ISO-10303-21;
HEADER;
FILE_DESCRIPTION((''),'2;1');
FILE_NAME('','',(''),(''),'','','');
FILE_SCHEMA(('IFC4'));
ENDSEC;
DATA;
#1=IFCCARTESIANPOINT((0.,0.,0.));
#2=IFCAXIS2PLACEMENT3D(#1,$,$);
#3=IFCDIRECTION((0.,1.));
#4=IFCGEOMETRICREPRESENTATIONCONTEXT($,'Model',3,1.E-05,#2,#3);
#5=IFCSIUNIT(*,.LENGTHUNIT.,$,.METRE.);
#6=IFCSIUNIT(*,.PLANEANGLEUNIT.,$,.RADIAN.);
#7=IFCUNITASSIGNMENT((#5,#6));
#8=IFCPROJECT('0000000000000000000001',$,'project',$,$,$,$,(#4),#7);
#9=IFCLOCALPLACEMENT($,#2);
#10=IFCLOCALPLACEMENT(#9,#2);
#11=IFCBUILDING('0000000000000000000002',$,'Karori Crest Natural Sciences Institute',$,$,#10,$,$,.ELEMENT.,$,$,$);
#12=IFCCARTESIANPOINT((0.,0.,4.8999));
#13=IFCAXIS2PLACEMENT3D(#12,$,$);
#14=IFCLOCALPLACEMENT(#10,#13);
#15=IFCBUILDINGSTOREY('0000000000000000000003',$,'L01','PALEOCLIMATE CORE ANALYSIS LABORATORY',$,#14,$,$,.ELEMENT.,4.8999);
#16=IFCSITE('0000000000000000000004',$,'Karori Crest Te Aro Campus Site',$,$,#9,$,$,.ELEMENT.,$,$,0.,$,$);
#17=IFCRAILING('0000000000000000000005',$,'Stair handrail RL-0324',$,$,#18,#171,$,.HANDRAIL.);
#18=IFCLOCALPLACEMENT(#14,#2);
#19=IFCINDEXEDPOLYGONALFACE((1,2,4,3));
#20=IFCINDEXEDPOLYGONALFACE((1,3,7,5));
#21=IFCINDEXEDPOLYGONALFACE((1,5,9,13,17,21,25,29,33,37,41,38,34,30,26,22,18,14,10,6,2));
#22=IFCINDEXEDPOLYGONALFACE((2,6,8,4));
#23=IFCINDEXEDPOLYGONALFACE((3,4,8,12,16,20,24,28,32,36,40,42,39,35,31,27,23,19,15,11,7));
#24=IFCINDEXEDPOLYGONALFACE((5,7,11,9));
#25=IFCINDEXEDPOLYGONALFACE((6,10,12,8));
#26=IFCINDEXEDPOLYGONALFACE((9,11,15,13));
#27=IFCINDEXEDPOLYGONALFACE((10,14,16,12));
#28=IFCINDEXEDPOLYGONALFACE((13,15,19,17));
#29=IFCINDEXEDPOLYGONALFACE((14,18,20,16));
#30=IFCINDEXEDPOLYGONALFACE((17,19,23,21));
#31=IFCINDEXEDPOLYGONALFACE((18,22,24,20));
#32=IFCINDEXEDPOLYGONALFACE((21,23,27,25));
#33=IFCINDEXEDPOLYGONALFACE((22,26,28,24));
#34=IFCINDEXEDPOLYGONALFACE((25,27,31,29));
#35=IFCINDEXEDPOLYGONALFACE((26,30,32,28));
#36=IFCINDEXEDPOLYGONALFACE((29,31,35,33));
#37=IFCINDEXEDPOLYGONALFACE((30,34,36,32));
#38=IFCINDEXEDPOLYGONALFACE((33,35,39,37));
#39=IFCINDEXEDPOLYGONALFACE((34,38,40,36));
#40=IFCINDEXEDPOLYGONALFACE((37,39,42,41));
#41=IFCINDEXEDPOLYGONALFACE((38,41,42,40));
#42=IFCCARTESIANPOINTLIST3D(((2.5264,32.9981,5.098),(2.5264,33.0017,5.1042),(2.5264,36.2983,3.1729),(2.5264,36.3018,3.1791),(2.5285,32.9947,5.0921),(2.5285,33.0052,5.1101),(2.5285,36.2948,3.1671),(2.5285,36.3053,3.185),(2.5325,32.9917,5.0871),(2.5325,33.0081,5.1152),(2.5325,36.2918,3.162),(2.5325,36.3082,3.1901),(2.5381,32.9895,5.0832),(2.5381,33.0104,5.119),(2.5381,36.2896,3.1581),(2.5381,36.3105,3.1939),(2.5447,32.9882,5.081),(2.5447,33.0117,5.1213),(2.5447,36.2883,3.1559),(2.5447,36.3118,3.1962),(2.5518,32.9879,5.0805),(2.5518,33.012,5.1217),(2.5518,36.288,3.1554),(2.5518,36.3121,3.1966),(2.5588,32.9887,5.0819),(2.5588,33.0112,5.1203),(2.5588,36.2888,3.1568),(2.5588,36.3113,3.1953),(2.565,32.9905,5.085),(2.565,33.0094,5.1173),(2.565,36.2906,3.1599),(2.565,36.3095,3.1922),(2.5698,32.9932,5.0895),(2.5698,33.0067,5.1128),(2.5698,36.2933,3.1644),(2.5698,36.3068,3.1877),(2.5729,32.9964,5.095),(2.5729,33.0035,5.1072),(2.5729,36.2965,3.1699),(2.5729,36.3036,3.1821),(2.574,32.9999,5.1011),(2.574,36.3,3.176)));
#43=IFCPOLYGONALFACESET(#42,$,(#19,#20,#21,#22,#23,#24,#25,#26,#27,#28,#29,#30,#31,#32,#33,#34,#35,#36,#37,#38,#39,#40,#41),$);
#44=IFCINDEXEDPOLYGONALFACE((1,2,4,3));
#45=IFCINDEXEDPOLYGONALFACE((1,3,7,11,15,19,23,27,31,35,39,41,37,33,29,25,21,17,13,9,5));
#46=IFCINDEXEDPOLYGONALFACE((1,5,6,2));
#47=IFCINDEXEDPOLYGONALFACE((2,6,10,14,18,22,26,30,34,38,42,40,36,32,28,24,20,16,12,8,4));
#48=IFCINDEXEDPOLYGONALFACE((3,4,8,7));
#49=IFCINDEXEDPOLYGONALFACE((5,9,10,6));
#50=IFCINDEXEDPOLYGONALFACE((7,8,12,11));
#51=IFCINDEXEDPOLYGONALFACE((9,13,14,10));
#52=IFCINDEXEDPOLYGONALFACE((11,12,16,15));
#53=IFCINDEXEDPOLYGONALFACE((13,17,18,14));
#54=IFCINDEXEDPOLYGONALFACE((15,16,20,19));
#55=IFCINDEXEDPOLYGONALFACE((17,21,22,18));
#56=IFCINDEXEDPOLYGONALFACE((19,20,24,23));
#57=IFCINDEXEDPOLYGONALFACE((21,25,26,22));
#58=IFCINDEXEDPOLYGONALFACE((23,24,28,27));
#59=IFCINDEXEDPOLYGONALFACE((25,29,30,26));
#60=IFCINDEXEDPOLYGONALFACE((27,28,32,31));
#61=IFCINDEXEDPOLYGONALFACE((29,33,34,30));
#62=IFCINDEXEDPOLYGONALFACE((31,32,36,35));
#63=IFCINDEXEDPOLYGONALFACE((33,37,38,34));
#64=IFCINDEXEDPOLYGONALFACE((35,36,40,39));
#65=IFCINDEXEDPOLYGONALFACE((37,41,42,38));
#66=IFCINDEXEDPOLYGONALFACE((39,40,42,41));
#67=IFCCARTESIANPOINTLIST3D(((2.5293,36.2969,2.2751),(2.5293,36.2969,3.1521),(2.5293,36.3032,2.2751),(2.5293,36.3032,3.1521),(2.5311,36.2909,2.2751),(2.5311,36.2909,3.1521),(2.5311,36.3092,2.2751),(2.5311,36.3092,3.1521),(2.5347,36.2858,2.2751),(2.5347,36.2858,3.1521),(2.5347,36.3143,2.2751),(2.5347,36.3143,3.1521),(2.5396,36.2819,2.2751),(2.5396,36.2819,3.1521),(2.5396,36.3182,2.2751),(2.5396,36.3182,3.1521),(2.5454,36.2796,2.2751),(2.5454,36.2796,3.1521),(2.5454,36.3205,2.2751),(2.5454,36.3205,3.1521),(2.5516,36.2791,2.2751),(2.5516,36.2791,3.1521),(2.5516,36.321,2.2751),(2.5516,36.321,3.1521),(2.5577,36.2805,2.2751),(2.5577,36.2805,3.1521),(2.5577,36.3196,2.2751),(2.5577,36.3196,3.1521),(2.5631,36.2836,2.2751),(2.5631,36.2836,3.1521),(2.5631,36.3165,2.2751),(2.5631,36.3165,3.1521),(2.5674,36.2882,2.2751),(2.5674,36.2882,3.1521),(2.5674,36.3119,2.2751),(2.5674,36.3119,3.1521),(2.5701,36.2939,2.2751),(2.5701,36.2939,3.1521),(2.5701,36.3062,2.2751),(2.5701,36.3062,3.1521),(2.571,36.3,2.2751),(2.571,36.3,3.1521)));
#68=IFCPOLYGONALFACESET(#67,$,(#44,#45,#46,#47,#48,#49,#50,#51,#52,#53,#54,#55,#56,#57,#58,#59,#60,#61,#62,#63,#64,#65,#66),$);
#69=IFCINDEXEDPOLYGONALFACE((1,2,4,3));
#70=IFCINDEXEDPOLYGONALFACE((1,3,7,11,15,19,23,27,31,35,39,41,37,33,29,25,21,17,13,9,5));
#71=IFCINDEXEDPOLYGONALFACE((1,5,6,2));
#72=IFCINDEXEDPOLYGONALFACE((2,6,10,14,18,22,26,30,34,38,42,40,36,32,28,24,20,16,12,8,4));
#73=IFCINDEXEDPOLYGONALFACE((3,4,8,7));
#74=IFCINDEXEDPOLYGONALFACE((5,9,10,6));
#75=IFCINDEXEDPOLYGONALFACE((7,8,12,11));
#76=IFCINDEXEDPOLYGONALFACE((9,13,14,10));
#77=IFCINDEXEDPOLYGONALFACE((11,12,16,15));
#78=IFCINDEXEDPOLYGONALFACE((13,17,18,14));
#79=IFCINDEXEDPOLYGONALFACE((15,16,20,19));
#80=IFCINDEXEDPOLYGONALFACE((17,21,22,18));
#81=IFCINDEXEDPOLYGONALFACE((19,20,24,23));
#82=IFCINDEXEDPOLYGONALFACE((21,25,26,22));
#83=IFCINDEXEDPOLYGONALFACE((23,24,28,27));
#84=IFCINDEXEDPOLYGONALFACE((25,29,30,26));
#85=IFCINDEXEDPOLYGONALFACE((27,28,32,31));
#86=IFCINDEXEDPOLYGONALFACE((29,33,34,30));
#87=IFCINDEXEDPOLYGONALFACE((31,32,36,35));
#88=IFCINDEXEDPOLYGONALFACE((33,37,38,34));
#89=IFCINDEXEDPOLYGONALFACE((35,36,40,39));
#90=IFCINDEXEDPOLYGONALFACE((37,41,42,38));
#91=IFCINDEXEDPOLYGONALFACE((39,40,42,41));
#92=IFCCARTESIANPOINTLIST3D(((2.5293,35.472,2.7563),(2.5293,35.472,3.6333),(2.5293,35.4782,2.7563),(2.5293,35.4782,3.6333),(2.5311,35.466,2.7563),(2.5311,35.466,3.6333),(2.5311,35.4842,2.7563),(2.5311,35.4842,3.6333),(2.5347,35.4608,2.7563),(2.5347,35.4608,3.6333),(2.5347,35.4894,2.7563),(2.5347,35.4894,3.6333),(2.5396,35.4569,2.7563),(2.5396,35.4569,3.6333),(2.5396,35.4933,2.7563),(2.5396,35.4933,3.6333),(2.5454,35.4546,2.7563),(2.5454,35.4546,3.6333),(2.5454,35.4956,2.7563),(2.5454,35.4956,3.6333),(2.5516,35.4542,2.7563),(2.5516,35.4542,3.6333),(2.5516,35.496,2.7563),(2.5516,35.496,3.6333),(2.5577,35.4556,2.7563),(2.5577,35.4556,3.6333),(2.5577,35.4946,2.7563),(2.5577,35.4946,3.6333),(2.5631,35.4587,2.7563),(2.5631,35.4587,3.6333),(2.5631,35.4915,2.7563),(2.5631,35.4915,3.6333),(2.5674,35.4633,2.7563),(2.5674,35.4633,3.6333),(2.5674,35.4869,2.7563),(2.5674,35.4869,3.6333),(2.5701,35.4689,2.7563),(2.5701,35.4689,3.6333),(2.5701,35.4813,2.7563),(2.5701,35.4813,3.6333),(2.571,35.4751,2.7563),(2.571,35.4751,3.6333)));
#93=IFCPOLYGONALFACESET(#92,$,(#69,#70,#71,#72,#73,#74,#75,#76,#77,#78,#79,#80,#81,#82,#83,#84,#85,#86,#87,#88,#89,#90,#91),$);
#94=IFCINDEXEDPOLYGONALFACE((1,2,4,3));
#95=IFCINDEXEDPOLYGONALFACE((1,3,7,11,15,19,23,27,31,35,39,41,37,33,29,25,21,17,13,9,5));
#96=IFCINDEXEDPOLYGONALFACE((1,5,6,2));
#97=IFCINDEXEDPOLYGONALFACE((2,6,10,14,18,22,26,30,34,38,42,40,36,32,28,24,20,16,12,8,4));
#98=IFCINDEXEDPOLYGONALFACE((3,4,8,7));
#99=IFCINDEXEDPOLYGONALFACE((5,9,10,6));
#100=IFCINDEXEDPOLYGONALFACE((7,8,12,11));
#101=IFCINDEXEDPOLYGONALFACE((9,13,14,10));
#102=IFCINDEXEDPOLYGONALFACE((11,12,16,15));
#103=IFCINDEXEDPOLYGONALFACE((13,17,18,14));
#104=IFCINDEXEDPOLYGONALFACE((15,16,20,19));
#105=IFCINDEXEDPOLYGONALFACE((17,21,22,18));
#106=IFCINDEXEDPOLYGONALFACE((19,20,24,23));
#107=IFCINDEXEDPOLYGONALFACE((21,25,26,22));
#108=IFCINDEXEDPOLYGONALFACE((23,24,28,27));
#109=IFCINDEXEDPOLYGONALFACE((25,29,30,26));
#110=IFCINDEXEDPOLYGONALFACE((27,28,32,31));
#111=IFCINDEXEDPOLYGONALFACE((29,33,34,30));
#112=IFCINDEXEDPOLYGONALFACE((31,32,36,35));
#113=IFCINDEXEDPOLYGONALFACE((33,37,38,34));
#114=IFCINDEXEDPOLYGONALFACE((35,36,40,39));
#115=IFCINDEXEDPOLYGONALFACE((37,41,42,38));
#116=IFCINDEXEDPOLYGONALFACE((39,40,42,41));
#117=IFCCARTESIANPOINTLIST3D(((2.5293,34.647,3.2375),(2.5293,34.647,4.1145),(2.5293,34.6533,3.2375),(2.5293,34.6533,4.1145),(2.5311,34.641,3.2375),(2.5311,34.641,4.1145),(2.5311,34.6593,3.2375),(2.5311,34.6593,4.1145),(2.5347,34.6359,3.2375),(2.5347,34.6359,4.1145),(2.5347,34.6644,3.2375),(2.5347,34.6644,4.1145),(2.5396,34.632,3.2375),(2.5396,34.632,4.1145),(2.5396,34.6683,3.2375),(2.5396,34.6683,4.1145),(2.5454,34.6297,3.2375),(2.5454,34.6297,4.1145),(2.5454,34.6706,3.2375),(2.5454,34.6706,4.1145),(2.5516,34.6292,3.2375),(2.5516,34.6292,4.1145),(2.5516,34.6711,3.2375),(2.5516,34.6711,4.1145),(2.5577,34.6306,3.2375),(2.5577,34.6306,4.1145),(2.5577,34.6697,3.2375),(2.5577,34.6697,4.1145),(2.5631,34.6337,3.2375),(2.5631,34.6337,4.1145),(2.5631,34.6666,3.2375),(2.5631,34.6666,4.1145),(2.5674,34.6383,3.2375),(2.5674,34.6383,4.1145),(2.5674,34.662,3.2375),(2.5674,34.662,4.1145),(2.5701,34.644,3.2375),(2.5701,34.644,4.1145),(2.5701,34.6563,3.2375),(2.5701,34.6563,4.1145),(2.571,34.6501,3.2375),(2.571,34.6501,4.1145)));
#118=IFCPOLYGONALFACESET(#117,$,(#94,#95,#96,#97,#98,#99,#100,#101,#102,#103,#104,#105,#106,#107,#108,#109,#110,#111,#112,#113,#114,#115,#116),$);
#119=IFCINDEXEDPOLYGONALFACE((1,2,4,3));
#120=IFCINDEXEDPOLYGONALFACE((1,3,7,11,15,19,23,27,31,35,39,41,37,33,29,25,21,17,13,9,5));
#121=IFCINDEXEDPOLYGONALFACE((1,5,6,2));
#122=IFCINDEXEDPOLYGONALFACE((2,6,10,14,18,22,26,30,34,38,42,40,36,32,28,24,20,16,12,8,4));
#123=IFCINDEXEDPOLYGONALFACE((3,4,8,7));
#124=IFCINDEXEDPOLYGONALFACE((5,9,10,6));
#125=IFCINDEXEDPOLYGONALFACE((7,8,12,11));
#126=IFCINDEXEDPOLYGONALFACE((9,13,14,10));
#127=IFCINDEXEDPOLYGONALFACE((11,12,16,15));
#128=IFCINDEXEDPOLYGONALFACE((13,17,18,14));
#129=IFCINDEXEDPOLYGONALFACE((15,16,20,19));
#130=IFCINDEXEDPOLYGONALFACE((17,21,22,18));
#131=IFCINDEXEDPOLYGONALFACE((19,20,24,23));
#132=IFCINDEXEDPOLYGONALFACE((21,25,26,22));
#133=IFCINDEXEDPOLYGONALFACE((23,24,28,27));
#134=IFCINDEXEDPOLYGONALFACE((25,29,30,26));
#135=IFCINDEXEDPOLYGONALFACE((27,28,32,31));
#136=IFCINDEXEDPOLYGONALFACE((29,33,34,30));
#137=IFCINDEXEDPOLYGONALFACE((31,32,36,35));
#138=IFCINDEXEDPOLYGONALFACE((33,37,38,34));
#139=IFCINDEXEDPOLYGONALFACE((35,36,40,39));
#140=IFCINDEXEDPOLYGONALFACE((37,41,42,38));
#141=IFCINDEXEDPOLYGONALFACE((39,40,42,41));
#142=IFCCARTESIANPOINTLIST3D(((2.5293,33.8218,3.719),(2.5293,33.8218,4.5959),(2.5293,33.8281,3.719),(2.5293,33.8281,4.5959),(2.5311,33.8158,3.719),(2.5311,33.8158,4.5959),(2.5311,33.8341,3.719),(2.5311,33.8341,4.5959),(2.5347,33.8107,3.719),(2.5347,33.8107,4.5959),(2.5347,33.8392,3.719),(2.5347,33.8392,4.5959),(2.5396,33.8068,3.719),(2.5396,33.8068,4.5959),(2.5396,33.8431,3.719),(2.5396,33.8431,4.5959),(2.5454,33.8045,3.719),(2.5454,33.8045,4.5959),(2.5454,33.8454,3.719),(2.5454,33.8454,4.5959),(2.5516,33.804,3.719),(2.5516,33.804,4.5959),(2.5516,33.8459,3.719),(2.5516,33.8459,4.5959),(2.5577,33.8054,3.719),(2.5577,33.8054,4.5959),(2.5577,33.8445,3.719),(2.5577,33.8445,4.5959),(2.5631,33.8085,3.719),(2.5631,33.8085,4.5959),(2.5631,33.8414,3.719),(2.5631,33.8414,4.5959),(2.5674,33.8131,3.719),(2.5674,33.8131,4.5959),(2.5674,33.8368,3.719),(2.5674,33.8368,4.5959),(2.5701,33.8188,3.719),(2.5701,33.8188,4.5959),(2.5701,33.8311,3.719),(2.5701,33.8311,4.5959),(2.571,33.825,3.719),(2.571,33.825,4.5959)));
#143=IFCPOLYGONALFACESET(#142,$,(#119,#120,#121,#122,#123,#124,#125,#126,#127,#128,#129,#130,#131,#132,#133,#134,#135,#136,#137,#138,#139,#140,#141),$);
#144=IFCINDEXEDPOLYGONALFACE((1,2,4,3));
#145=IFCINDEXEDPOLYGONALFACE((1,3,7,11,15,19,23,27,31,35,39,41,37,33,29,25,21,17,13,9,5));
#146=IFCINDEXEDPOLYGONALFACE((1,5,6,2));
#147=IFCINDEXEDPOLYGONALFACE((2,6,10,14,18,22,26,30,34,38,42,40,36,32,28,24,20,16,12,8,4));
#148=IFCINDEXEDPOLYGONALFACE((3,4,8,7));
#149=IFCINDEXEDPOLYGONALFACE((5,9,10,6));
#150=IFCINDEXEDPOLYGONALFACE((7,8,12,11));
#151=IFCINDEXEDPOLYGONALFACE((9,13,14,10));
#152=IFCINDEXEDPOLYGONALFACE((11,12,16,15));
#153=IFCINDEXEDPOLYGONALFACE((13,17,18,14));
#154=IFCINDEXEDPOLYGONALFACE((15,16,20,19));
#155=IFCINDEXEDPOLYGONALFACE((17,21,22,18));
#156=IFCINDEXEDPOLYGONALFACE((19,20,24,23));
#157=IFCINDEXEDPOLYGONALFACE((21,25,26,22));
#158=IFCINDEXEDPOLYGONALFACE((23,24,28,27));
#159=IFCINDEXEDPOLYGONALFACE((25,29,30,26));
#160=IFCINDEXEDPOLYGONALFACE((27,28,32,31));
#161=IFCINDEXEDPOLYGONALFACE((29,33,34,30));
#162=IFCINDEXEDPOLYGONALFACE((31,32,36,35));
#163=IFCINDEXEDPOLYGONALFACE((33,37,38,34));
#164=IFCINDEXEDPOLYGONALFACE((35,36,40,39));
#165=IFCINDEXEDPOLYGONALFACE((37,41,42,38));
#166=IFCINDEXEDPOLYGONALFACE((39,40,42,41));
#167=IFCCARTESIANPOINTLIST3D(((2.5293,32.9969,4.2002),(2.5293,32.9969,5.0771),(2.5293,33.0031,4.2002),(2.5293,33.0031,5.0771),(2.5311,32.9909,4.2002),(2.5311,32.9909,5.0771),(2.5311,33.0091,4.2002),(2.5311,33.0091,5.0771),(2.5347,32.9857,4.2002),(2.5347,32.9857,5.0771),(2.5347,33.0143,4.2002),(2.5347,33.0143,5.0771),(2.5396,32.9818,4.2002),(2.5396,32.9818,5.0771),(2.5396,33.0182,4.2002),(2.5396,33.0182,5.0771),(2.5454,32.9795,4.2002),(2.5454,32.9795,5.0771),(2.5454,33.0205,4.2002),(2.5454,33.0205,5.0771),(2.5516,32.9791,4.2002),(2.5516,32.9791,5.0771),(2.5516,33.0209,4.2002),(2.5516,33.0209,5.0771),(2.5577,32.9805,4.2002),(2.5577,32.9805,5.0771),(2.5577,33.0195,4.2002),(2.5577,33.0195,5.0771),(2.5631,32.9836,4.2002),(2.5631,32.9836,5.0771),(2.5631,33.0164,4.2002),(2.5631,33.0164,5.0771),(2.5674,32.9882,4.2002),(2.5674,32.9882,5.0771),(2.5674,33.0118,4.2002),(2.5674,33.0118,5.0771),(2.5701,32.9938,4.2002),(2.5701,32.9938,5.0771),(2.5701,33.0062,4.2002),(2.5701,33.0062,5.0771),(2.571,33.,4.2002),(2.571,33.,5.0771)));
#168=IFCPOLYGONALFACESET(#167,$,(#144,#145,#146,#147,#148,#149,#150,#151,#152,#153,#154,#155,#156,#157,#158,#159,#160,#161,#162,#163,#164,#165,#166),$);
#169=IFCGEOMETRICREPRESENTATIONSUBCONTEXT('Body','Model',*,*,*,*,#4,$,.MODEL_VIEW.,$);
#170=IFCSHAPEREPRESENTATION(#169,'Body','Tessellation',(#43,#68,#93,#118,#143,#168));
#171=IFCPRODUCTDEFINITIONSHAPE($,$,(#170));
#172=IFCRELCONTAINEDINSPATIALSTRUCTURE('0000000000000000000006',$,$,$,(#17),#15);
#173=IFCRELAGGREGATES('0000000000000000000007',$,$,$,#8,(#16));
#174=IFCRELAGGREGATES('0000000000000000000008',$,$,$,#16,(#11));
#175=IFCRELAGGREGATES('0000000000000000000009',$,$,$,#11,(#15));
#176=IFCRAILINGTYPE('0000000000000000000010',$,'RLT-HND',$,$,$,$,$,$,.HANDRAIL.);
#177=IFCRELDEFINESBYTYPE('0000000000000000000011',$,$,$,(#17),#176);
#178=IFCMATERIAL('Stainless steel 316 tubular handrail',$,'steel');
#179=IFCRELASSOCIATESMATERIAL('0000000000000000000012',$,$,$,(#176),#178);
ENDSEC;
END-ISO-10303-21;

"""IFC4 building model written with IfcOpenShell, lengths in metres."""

from ifc_helpers import new_model, si_unit, direction, frame, origin, origin_2d, place, context, subcontext, project, spatial, circle, extrude, material, type_object, element, save


model = new_model("IFC4")

# Units and contexts
model_context = context("Model", 3, precision=1e-05, world=origin(), true_north=direction((0.0, 1.0)))
body_context = subcontext(model_context, "Body", "Model", "MODEL_VIEW")
ifc_project = project(units=[si_unit("LENGTHUNIT", "METRE"), si_unit("PLANEANGLEUNIT", "RADIAN")], contexts=[model_context])

# Site, building, storey
site_placement = place(None, origin())
site = spatial("IfcSite", under=ifc_project, at=site_placement, Name="Karori Crest Te Aro Campus Site", CompositionType="ELEMENT", RefElevation=0.0)
building_placement = place(site_placement, origin())
building = spatial("IfcBuilding", under=site, at=building_placement, Name="Karori Crest Natural Sciences Institute", CompositionType="ELEMENT")
storey_placement = place(building_placement, frame((0.0, 0.0, 4.8999)))
storey = spatial("IfcBuildingStorey", under=building, at=storey_placement, Name="L01", Description="PALEOCLIMATE CORE ANALYSIS LABORATORY", CompositionType="ELEMENT", Elevation=4.8999)

# Railing
ifc_material_1 = material(Name="Stainless steel 316 tubular handrail", Category="steel")
railing_type_1 = type_object("IfcRailingType", Name="RLT-HND", PredefinedType="HANDRAIL", material=ifc_material_1)
railing_1_placement = place(storey_placement, frame((2.55, 36.3, 2.2751)))
element("IfcRailing", 1, at=railing_1_placement, inside=storey, type_object=railing_type_1, Name="Stair handrail RL-0324", PredefinedType="HANDRAIL", context=body_context, shape_type="SweptSolid", body=[
    extrude(circle(Radius=0.0239, at=origin_2d()), frame((0.0, 0.0, 0.9009), z_axis=(0.0, -0.863777, 0.503875), x_axis=(1.0, 0.0, 0.0)), (0.0, 0.0, 1.0), 3.8206),
    extrude(circle(Radius=0.021, at=origin_2d()), origin(), (0.0, 0.0, 1.0), 0.877),
    extrude(circle(Radius=0.021, at=origin_2d()), frame((0.0, -0.825, 0.4812)), (0.0, 0.0, 1.0), 0.877),
    extrude(circle(Radius=0.021, at=origin_2d()), frame((0.0, -1.6499, 0.9624)), (0.0, 0.0, 1.0), 0.877),
    extrude(circle(Radius=0.021, at=origin_2d()), frame((0.0, -2.4751, 1.4438)), (0.0, 0.0, 1.0), 0.877),
    extrude(circle(Radius=0.021, at=origin_2d()), frame((0.0, -3.3, 1.925)), (0.0, 0.0, 1.0), 0.877),
])

save(model, "model.ifc")
